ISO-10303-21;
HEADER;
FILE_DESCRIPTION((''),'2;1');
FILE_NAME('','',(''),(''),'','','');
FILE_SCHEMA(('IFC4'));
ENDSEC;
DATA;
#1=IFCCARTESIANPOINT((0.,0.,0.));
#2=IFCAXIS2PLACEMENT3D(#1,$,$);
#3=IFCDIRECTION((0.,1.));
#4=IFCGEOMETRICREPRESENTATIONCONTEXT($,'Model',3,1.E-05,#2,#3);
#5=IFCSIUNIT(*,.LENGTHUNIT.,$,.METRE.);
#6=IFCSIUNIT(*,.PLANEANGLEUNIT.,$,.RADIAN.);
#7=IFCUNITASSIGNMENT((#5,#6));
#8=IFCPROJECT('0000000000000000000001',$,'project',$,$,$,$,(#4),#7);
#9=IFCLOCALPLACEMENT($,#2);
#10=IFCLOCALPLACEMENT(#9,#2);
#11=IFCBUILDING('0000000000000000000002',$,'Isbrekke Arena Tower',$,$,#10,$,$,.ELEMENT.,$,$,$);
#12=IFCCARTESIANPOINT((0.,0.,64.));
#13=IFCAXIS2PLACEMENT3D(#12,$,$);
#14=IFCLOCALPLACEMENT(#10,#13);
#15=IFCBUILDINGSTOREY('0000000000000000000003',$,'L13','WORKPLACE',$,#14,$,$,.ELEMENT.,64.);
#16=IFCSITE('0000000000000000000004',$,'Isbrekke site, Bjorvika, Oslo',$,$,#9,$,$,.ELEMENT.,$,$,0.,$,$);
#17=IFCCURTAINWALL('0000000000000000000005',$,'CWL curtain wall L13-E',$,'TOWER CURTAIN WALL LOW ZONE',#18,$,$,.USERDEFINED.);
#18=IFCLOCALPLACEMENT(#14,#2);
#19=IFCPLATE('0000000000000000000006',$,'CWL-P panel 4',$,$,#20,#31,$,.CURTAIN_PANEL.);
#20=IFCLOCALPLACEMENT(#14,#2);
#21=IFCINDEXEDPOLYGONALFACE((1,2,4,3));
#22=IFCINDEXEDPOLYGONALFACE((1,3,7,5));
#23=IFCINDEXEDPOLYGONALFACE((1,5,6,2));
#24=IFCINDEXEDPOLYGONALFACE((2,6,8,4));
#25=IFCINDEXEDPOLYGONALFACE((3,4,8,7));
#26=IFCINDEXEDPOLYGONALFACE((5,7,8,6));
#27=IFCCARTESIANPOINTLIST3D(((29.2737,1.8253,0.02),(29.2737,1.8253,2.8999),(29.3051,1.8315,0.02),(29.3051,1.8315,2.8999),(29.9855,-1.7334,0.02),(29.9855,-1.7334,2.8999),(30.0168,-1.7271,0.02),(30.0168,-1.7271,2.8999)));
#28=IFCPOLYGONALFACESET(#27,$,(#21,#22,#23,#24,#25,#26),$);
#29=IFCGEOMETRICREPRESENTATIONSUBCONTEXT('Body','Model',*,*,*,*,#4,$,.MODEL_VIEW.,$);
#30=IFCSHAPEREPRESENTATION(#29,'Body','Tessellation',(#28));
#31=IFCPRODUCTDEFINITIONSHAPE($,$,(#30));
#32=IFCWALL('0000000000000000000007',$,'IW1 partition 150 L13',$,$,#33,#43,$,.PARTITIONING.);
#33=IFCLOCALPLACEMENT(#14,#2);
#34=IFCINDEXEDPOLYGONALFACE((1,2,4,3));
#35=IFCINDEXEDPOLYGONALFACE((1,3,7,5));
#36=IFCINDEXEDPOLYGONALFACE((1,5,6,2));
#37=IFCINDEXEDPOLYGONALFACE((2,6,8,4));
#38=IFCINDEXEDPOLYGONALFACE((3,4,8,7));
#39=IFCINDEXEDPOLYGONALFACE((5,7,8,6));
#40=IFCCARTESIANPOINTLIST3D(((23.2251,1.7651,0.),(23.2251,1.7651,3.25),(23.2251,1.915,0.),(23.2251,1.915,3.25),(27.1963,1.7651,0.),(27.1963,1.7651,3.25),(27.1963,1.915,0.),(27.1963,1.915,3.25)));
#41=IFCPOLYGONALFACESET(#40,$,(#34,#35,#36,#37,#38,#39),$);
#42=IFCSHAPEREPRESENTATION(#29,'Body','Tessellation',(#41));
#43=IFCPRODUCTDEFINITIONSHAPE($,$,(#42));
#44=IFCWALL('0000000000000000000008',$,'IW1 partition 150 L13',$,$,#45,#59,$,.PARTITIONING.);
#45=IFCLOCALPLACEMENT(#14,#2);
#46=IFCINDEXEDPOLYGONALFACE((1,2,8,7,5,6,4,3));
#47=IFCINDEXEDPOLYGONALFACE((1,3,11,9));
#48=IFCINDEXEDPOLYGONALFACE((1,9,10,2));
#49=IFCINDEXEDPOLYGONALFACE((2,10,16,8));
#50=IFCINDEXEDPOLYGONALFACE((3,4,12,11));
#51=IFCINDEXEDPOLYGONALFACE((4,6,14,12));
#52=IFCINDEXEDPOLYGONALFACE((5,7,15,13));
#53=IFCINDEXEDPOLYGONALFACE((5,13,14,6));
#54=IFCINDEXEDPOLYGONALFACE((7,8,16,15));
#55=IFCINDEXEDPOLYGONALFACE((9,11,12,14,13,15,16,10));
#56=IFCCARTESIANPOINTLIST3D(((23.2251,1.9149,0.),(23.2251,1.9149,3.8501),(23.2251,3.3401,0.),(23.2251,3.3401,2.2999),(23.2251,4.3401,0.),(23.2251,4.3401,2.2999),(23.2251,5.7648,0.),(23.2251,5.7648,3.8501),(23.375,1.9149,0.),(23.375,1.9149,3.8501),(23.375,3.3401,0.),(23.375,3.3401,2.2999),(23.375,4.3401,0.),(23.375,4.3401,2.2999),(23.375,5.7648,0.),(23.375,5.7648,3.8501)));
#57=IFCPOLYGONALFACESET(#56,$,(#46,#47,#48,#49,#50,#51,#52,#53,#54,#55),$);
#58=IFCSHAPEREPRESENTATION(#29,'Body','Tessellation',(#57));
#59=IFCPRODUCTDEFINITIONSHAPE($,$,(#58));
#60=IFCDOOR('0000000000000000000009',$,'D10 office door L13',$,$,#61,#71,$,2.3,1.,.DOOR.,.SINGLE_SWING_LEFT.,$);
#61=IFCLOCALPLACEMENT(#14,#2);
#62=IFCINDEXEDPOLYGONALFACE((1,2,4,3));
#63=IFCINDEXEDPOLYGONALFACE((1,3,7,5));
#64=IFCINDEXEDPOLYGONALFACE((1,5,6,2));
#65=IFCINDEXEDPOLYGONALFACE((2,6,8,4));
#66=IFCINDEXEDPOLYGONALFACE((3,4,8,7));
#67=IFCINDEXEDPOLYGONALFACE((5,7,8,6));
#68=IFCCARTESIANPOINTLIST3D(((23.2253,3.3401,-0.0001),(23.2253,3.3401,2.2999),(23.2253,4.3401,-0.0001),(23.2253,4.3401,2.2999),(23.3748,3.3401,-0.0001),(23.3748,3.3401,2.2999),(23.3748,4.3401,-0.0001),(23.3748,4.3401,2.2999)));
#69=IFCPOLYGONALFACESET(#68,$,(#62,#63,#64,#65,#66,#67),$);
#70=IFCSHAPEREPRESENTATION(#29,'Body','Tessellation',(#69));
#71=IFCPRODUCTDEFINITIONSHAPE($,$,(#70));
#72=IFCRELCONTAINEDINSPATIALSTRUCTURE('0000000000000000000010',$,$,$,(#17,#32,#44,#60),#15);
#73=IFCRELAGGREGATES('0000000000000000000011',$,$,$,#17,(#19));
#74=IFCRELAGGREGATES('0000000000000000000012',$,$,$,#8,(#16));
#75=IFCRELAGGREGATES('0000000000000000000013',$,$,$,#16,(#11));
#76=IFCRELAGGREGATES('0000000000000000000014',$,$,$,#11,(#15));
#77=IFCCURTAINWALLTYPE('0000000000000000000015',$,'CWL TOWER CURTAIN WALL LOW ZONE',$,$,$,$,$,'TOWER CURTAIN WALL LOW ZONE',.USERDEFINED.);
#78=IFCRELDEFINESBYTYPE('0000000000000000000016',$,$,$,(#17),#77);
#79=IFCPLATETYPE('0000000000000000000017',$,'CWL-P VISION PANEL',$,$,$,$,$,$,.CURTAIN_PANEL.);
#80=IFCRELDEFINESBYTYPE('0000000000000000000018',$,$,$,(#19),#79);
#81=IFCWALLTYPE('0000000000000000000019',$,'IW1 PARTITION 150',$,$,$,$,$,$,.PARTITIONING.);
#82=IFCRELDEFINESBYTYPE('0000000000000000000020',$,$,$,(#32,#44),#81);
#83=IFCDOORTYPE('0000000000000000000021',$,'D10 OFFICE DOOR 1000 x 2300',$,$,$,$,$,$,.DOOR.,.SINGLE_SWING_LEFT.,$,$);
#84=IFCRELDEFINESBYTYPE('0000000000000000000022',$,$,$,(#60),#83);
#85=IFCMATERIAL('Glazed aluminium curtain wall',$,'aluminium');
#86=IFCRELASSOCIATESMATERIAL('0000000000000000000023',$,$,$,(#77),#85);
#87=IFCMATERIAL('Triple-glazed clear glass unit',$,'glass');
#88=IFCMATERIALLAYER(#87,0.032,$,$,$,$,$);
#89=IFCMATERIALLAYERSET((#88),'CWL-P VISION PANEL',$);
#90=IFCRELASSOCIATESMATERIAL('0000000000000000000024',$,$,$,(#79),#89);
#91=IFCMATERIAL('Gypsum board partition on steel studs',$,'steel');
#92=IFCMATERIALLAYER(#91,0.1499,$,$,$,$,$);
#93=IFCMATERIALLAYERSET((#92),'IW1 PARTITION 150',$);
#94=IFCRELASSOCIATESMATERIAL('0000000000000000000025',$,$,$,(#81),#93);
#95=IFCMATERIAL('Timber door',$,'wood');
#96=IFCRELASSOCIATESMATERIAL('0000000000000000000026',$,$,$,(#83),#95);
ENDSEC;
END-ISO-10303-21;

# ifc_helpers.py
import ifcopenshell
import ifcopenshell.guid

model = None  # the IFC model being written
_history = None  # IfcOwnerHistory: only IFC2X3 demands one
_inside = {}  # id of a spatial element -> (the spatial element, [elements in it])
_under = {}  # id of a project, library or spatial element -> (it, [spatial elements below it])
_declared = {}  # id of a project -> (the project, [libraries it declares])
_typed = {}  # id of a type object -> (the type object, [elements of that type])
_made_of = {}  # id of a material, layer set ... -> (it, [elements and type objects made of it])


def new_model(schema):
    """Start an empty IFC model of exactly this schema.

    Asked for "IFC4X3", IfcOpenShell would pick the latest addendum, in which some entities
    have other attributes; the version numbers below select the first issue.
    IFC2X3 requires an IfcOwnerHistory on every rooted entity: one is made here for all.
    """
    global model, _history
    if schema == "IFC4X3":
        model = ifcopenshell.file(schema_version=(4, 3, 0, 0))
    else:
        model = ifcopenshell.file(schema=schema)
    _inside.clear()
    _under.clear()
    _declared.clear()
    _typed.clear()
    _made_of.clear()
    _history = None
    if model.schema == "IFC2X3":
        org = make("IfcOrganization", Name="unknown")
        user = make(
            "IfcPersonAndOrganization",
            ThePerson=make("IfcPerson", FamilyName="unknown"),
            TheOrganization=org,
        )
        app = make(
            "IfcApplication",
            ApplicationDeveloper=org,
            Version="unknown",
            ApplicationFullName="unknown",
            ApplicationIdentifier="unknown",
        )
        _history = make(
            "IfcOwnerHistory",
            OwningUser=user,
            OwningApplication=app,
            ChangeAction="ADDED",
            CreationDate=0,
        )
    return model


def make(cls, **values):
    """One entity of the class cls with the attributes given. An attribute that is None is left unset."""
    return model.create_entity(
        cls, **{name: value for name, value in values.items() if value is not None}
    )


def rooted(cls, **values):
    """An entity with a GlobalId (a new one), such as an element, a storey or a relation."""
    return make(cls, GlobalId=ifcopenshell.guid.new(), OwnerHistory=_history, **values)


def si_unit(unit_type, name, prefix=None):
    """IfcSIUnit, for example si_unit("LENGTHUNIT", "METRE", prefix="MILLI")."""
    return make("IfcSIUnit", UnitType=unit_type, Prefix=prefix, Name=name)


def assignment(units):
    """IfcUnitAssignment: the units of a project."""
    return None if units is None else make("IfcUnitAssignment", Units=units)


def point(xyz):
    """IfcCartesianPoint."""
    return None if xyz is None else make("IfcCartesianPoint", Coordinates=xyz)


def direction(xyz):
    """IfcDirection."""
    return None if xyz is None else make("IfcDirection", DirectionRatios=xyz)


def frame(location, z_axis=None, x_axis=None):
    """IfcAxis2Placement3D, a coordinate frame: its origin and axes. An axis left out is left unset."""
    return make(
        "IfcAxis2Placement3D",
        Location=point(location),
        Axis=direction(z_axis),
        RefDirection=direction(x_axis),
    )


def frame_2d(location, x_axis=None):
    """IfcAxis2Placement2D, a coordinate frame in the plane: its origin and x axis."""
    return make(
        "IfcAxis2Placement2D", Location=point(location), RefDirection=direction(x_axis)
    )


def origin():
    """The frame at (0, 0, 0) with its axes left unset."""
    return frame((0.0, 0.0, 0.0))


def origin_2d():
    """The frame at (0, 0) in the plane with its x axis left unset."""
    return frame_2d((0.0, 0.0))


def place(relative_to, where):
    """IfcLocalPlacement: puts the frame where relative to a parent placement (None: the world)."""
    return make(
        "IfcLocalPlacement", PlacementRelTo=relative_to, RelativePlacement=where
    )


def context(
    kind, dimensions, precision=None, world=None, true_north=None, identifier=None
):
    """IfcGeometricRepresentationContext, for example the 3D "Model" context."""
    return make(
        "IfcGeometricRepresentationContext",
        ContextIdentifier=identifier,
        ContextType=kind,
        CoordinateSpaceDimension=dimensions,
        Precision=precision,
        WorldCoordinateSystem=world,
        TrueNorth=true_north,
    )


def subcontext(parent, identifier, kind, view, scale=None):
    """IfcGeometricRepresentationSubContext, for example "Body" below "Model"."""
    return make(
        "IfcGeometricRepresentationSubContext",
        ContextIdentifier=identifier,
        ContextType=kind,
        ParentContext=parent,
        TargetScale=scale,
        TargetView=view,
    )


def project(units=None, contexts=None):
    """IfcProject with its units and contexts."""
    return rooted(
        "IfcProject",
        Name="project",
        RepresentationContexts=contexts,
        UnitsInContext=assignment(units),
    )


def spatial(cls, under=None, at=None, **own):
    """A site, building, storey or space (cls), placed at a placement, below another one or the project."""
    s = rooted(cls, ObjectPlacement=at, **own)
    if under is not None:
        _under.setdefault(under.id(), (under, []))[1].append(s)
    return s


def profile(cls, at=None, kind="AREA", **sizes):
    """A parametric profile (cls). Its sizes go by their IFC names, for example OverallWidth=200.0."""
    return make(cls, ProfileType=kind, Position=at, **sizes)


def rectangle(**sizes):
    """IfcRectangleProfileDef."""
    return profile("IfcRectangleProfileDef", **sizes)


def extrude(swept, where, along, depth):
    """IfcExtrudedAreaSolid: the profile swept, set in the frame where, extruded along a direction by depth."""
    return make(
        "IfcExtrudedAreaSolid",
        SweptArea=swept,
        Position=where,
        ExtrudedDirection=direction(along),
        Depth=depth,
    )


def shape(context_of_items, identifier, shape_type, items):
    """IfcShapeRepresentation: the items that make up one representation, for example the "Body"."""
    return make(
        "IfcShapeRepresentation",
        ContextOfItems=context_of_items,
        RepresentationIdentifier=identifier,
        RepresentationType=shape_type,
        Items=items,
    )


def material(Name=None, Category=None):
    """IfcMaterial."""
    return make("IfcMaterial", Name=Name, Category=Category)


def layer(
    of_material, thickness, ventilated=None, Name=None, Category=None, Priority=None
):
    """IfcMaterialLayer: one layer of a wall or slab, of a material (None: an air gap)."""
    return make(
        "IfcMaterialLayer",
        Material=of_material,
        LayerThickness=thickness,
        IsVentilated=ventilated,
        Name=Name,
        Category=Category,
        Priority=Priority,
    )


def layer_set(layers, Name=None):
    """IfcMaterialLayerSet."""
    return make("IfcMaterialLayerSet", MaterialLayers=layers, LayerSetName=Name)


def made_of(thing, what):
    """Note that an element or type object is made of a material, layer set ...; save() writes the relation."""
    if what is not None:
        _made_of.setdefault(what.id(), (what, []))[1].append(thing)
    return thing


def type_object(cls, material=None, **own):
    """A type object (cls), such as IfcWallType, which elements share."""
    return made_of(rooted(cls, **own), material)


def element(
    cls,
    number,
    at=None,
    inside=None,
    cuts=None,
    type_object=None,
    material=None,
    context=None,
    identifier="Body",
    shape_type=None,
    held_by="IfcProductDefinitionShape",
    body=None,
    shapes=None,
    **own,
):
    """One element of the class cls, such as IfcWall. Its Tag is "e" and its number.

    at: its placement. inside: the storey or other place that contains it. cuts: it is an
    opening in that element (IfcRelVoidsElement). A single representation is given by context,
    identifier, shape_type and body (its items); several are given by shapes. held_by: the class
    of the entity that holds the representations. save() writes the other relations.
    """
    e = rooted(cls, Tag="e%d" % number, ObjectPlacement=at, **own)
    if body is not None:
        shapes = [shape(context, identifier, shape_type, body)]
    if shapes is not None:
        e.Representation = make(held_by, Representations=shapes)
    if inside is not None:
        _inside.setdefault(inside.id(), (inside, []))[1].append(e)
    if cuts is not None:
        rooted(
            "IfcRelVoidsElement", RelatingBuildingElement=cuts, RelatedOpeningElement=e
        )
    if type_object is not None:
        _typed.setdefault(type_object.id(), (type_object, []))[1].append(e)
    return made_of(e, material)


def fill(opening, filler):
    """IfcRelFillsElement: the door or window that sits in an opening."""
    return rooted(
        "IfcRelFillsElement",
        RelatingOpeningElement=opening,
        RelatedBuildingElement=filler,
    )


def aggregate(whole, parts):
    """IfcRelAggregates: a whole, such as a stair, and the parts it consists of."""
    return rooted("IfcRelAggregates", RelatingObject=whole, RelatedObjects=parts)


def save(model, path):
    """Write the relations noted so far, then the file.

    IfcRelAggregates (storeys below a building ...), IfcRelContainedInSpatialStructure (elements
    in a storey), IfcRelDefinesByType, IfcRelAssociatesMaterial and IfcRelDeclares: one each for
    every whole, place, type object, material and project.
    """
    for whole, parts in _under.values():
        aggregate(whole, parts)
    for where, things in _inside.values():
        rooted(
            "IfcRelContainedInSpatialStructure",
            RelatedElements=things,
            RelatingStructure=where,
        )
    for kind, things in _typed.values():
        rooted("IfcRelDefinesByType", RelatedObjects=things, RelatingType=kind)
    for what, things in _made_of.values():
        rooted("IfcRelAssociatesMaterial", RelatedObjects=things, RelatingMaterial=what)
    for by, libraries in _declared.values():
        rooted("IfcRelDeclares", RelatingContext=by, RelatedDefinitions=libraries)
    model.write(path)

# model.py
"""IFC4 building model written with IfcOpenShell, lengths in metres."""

from ifc_helpers import new_model, si_unit, direction, frame, frame_2d, origin, origin_2d, place, context, subcontext, project, spatial, rectangle, extrude, material, layer, layer_set, type_object, element, fill, aggregate, save


model = new_model("IFC4")

# Units and contexts
model_context = context("Model", 3, precision=1e-05, world=origin(), true_north=direction((0.0, 1.0)))
body_context = subcontext(model_context, "Body", "Model", "MODEL_VIEW")
ifc_project = project(units=[si_unit("LENGTHUNIT", "METRE"), si_unit("PLANEANGLEUNIT", "RADIAN")], contexts=[model_context])

# Site, building, storey
site_placement = place(None, origin())
site = spatial("IfcSite", under=ifc_project, at=site_placement, Name="Isbrekke site, Bjorvika, Oslo", CompositionType="ELEMENT", RefElevation=0.0)
building_placement = place(site_placement, origin())
building = spatial("IfcBuilding", under=site, at=building_placement, Name="Isbrekke Arena Tower", CompositionType="ELEMENT")
storey_placement = place(building_placement, frame((0.0, 0.0, 64.0)))
storey = spatial("IfcBuildingStorey", under=building, at=storey_placement, Name="L13", Description="WORKPLACE", CompositionType="ELEMENT", Elevation=64.0)

# Curtain wall
ifc_material_1 = material(Name="Glazed aluminium curtain wall", Category="aluminium")
curtain_wall_type = type_object("IfcCurtainWallType", Name="CWL TOWER CURTAIN WALL LOW ZONE", ElementType="TOWER CURTAIN WALL LOW ZONE", PredefinedType="USERDEFINED", material=ifc_material_1)
curtain_wall_placement = place(storey_placement, origin())
curtain_wall = element("IfcCurtainWall", 1, at=curtain_wall_placement, inside=storey, type_object=curtain_wall_type, Name="CWL curtain wall L13-E", ObjectType="TOWER CURTAIN WALL LOW ZONE", PredefinedType="USERDEFINED")

# Plate
ifc_material_2 = material(Name="Triple-glazed clear glass unit", Category="glass")
ifc_layer_1 = layer(ifc_material_2, 0.032)
ifc_layer_set_1 = layer_set([ifc_layer_1], Name="CWL-P VISION PANEL")
plate_type = type_object("IfcPlateType", Name="CWL-P VISION PANEL", PredefinedType="CURTAIN_PANEL", material=ifc_layer_set_1)
plate_1_placement = place(storey_placement, frame((29.6453, 0.0491, 0.02), z_axis=(0.0, 0.0, 1.0), x_axis=(-0.196116, 0.980581, 0.0)))
plate_1 = element("IfcPlate", 2, at=plate_1_placement, type_object=plate_type, Name="CWL-P panel 4", PredefinedType="CURTAIN_PANEL", context=body_context, shape_type="SweptSolid", body=[
    extrude(rectangle(XDim=3.6292, YDim=0.032, at=origin_2d()), origin(), (0.0, 0.0, 1.0), 2.8799),
])
aggregate(curtain_wall, [plate_1])

# Wall
ifc_material_3 = material(Name="Gypsum board partition on steel studs", Category="steel")
ifc_layer_2 = layer(ifc_material_3, 0.1499)
ifc_layer_set_2 = layer_set([ifc_layer_2], Name="IW1 PARTITION 150")
wall_type = type_object("IfcWallType", Name="IW1 PARTITION 150", PredefinedType="PARTITIONING", material=ifc_layer_set_2)
wall_1_placement = place(storey_placement, frame((23.2251, 1.8401, 0.0), z_axis=(0.0, 0.0, 1.0), x_axis=(1.0, 0.0, 0.0)))
element("IfcWall", 3, at=wall_1_placement, inside=storey, type_object=wall_type, Name="IW1 partition 150 L13", PredefinedType="PARTITIONING", context=body_context, shape_type="SweptSolid", body=[
    extrude(rectangle(XDim=3.9712, YDim=0.1499, at=frame_2d((1.9856, 0.0))), origin(), (0.0, 0.0, 1.0), 3.25),
])

# Wall, opening, door
wall_2_placement = place(storey_placement, frame((23.3, 1.915, 0.0), z_axis=(0.0, 0.0, 1.0), x_axis=(0.0, 1.0, 0.0)))
wall_2 = element("IfcWall", 4, at=wall_2_placement, inside=storey, type_object=wall_type, Name="IW1 partition 150 L13", PredefinedType="PARTITIONING", context=body_context, shape_type="SweptSolid", body=[
    extrude(rectangle(XDim=3.8499, YDim=0.1499, at=frame_2d((1.9248, 0.0))), origin(), (0.0, 0.0, 1.0), 3.8501),
])
opening_placement = place(wall_2_placement, frame((1.425, 0.0, 0.0)))
opening = element("IfcOpeningElement", 5, at=opening_placement, cuts=wall_2, PredefinedType="OPENING", context=body_context, shape_type="SweptSolid", body=[
    extrude(rectangle(XDim=1.0, YDim=2.3, at=frame_2d((0.5, 1.1499))), frame((0.0, 0.0898, 0.0), z_axis=(0.0, -1.0, 0.0), x_axis=(1.0, 0.0, 0.0)), (0.0, 0.0, 1.0), 0.1797),
])
ifc_material_4 = material(Name="Timber door", Category="wood")
door_type = type_object("IfcDoorType", Name="D10 OFFICE DOOR 1000 x 2300", OperationType="SINGLE_SWING_LEFT", PredefinedType="DOOR", material=ifc_material_4)
door_placement = place(opening_placement, origin())
door = element("IfcDoor", 6, at=door_placement, inside=storey, type_object=door_type, Name="D10 office door L13", OperationType="SINGLE_SWING_LEFT", OverallHeight=2.3, OverallWidth=1.0, PredefinedType="DOOR", context=body_context, shape_type="SweptSolid", body=[
    extrude(rectangle(XDim=1.0, YDim=2.3, at=frame_2d((0.5, 1.1499))), frame((0.0, 0.0747, 0.0), z_axis=(0.0, -1.0, 0.0), x_axis=(1.0, 0.0, 0.0)), (0.0, 0.0, 1.0), 0.1494),
])
fill(opening, door)

save(model, "model.ifc")
